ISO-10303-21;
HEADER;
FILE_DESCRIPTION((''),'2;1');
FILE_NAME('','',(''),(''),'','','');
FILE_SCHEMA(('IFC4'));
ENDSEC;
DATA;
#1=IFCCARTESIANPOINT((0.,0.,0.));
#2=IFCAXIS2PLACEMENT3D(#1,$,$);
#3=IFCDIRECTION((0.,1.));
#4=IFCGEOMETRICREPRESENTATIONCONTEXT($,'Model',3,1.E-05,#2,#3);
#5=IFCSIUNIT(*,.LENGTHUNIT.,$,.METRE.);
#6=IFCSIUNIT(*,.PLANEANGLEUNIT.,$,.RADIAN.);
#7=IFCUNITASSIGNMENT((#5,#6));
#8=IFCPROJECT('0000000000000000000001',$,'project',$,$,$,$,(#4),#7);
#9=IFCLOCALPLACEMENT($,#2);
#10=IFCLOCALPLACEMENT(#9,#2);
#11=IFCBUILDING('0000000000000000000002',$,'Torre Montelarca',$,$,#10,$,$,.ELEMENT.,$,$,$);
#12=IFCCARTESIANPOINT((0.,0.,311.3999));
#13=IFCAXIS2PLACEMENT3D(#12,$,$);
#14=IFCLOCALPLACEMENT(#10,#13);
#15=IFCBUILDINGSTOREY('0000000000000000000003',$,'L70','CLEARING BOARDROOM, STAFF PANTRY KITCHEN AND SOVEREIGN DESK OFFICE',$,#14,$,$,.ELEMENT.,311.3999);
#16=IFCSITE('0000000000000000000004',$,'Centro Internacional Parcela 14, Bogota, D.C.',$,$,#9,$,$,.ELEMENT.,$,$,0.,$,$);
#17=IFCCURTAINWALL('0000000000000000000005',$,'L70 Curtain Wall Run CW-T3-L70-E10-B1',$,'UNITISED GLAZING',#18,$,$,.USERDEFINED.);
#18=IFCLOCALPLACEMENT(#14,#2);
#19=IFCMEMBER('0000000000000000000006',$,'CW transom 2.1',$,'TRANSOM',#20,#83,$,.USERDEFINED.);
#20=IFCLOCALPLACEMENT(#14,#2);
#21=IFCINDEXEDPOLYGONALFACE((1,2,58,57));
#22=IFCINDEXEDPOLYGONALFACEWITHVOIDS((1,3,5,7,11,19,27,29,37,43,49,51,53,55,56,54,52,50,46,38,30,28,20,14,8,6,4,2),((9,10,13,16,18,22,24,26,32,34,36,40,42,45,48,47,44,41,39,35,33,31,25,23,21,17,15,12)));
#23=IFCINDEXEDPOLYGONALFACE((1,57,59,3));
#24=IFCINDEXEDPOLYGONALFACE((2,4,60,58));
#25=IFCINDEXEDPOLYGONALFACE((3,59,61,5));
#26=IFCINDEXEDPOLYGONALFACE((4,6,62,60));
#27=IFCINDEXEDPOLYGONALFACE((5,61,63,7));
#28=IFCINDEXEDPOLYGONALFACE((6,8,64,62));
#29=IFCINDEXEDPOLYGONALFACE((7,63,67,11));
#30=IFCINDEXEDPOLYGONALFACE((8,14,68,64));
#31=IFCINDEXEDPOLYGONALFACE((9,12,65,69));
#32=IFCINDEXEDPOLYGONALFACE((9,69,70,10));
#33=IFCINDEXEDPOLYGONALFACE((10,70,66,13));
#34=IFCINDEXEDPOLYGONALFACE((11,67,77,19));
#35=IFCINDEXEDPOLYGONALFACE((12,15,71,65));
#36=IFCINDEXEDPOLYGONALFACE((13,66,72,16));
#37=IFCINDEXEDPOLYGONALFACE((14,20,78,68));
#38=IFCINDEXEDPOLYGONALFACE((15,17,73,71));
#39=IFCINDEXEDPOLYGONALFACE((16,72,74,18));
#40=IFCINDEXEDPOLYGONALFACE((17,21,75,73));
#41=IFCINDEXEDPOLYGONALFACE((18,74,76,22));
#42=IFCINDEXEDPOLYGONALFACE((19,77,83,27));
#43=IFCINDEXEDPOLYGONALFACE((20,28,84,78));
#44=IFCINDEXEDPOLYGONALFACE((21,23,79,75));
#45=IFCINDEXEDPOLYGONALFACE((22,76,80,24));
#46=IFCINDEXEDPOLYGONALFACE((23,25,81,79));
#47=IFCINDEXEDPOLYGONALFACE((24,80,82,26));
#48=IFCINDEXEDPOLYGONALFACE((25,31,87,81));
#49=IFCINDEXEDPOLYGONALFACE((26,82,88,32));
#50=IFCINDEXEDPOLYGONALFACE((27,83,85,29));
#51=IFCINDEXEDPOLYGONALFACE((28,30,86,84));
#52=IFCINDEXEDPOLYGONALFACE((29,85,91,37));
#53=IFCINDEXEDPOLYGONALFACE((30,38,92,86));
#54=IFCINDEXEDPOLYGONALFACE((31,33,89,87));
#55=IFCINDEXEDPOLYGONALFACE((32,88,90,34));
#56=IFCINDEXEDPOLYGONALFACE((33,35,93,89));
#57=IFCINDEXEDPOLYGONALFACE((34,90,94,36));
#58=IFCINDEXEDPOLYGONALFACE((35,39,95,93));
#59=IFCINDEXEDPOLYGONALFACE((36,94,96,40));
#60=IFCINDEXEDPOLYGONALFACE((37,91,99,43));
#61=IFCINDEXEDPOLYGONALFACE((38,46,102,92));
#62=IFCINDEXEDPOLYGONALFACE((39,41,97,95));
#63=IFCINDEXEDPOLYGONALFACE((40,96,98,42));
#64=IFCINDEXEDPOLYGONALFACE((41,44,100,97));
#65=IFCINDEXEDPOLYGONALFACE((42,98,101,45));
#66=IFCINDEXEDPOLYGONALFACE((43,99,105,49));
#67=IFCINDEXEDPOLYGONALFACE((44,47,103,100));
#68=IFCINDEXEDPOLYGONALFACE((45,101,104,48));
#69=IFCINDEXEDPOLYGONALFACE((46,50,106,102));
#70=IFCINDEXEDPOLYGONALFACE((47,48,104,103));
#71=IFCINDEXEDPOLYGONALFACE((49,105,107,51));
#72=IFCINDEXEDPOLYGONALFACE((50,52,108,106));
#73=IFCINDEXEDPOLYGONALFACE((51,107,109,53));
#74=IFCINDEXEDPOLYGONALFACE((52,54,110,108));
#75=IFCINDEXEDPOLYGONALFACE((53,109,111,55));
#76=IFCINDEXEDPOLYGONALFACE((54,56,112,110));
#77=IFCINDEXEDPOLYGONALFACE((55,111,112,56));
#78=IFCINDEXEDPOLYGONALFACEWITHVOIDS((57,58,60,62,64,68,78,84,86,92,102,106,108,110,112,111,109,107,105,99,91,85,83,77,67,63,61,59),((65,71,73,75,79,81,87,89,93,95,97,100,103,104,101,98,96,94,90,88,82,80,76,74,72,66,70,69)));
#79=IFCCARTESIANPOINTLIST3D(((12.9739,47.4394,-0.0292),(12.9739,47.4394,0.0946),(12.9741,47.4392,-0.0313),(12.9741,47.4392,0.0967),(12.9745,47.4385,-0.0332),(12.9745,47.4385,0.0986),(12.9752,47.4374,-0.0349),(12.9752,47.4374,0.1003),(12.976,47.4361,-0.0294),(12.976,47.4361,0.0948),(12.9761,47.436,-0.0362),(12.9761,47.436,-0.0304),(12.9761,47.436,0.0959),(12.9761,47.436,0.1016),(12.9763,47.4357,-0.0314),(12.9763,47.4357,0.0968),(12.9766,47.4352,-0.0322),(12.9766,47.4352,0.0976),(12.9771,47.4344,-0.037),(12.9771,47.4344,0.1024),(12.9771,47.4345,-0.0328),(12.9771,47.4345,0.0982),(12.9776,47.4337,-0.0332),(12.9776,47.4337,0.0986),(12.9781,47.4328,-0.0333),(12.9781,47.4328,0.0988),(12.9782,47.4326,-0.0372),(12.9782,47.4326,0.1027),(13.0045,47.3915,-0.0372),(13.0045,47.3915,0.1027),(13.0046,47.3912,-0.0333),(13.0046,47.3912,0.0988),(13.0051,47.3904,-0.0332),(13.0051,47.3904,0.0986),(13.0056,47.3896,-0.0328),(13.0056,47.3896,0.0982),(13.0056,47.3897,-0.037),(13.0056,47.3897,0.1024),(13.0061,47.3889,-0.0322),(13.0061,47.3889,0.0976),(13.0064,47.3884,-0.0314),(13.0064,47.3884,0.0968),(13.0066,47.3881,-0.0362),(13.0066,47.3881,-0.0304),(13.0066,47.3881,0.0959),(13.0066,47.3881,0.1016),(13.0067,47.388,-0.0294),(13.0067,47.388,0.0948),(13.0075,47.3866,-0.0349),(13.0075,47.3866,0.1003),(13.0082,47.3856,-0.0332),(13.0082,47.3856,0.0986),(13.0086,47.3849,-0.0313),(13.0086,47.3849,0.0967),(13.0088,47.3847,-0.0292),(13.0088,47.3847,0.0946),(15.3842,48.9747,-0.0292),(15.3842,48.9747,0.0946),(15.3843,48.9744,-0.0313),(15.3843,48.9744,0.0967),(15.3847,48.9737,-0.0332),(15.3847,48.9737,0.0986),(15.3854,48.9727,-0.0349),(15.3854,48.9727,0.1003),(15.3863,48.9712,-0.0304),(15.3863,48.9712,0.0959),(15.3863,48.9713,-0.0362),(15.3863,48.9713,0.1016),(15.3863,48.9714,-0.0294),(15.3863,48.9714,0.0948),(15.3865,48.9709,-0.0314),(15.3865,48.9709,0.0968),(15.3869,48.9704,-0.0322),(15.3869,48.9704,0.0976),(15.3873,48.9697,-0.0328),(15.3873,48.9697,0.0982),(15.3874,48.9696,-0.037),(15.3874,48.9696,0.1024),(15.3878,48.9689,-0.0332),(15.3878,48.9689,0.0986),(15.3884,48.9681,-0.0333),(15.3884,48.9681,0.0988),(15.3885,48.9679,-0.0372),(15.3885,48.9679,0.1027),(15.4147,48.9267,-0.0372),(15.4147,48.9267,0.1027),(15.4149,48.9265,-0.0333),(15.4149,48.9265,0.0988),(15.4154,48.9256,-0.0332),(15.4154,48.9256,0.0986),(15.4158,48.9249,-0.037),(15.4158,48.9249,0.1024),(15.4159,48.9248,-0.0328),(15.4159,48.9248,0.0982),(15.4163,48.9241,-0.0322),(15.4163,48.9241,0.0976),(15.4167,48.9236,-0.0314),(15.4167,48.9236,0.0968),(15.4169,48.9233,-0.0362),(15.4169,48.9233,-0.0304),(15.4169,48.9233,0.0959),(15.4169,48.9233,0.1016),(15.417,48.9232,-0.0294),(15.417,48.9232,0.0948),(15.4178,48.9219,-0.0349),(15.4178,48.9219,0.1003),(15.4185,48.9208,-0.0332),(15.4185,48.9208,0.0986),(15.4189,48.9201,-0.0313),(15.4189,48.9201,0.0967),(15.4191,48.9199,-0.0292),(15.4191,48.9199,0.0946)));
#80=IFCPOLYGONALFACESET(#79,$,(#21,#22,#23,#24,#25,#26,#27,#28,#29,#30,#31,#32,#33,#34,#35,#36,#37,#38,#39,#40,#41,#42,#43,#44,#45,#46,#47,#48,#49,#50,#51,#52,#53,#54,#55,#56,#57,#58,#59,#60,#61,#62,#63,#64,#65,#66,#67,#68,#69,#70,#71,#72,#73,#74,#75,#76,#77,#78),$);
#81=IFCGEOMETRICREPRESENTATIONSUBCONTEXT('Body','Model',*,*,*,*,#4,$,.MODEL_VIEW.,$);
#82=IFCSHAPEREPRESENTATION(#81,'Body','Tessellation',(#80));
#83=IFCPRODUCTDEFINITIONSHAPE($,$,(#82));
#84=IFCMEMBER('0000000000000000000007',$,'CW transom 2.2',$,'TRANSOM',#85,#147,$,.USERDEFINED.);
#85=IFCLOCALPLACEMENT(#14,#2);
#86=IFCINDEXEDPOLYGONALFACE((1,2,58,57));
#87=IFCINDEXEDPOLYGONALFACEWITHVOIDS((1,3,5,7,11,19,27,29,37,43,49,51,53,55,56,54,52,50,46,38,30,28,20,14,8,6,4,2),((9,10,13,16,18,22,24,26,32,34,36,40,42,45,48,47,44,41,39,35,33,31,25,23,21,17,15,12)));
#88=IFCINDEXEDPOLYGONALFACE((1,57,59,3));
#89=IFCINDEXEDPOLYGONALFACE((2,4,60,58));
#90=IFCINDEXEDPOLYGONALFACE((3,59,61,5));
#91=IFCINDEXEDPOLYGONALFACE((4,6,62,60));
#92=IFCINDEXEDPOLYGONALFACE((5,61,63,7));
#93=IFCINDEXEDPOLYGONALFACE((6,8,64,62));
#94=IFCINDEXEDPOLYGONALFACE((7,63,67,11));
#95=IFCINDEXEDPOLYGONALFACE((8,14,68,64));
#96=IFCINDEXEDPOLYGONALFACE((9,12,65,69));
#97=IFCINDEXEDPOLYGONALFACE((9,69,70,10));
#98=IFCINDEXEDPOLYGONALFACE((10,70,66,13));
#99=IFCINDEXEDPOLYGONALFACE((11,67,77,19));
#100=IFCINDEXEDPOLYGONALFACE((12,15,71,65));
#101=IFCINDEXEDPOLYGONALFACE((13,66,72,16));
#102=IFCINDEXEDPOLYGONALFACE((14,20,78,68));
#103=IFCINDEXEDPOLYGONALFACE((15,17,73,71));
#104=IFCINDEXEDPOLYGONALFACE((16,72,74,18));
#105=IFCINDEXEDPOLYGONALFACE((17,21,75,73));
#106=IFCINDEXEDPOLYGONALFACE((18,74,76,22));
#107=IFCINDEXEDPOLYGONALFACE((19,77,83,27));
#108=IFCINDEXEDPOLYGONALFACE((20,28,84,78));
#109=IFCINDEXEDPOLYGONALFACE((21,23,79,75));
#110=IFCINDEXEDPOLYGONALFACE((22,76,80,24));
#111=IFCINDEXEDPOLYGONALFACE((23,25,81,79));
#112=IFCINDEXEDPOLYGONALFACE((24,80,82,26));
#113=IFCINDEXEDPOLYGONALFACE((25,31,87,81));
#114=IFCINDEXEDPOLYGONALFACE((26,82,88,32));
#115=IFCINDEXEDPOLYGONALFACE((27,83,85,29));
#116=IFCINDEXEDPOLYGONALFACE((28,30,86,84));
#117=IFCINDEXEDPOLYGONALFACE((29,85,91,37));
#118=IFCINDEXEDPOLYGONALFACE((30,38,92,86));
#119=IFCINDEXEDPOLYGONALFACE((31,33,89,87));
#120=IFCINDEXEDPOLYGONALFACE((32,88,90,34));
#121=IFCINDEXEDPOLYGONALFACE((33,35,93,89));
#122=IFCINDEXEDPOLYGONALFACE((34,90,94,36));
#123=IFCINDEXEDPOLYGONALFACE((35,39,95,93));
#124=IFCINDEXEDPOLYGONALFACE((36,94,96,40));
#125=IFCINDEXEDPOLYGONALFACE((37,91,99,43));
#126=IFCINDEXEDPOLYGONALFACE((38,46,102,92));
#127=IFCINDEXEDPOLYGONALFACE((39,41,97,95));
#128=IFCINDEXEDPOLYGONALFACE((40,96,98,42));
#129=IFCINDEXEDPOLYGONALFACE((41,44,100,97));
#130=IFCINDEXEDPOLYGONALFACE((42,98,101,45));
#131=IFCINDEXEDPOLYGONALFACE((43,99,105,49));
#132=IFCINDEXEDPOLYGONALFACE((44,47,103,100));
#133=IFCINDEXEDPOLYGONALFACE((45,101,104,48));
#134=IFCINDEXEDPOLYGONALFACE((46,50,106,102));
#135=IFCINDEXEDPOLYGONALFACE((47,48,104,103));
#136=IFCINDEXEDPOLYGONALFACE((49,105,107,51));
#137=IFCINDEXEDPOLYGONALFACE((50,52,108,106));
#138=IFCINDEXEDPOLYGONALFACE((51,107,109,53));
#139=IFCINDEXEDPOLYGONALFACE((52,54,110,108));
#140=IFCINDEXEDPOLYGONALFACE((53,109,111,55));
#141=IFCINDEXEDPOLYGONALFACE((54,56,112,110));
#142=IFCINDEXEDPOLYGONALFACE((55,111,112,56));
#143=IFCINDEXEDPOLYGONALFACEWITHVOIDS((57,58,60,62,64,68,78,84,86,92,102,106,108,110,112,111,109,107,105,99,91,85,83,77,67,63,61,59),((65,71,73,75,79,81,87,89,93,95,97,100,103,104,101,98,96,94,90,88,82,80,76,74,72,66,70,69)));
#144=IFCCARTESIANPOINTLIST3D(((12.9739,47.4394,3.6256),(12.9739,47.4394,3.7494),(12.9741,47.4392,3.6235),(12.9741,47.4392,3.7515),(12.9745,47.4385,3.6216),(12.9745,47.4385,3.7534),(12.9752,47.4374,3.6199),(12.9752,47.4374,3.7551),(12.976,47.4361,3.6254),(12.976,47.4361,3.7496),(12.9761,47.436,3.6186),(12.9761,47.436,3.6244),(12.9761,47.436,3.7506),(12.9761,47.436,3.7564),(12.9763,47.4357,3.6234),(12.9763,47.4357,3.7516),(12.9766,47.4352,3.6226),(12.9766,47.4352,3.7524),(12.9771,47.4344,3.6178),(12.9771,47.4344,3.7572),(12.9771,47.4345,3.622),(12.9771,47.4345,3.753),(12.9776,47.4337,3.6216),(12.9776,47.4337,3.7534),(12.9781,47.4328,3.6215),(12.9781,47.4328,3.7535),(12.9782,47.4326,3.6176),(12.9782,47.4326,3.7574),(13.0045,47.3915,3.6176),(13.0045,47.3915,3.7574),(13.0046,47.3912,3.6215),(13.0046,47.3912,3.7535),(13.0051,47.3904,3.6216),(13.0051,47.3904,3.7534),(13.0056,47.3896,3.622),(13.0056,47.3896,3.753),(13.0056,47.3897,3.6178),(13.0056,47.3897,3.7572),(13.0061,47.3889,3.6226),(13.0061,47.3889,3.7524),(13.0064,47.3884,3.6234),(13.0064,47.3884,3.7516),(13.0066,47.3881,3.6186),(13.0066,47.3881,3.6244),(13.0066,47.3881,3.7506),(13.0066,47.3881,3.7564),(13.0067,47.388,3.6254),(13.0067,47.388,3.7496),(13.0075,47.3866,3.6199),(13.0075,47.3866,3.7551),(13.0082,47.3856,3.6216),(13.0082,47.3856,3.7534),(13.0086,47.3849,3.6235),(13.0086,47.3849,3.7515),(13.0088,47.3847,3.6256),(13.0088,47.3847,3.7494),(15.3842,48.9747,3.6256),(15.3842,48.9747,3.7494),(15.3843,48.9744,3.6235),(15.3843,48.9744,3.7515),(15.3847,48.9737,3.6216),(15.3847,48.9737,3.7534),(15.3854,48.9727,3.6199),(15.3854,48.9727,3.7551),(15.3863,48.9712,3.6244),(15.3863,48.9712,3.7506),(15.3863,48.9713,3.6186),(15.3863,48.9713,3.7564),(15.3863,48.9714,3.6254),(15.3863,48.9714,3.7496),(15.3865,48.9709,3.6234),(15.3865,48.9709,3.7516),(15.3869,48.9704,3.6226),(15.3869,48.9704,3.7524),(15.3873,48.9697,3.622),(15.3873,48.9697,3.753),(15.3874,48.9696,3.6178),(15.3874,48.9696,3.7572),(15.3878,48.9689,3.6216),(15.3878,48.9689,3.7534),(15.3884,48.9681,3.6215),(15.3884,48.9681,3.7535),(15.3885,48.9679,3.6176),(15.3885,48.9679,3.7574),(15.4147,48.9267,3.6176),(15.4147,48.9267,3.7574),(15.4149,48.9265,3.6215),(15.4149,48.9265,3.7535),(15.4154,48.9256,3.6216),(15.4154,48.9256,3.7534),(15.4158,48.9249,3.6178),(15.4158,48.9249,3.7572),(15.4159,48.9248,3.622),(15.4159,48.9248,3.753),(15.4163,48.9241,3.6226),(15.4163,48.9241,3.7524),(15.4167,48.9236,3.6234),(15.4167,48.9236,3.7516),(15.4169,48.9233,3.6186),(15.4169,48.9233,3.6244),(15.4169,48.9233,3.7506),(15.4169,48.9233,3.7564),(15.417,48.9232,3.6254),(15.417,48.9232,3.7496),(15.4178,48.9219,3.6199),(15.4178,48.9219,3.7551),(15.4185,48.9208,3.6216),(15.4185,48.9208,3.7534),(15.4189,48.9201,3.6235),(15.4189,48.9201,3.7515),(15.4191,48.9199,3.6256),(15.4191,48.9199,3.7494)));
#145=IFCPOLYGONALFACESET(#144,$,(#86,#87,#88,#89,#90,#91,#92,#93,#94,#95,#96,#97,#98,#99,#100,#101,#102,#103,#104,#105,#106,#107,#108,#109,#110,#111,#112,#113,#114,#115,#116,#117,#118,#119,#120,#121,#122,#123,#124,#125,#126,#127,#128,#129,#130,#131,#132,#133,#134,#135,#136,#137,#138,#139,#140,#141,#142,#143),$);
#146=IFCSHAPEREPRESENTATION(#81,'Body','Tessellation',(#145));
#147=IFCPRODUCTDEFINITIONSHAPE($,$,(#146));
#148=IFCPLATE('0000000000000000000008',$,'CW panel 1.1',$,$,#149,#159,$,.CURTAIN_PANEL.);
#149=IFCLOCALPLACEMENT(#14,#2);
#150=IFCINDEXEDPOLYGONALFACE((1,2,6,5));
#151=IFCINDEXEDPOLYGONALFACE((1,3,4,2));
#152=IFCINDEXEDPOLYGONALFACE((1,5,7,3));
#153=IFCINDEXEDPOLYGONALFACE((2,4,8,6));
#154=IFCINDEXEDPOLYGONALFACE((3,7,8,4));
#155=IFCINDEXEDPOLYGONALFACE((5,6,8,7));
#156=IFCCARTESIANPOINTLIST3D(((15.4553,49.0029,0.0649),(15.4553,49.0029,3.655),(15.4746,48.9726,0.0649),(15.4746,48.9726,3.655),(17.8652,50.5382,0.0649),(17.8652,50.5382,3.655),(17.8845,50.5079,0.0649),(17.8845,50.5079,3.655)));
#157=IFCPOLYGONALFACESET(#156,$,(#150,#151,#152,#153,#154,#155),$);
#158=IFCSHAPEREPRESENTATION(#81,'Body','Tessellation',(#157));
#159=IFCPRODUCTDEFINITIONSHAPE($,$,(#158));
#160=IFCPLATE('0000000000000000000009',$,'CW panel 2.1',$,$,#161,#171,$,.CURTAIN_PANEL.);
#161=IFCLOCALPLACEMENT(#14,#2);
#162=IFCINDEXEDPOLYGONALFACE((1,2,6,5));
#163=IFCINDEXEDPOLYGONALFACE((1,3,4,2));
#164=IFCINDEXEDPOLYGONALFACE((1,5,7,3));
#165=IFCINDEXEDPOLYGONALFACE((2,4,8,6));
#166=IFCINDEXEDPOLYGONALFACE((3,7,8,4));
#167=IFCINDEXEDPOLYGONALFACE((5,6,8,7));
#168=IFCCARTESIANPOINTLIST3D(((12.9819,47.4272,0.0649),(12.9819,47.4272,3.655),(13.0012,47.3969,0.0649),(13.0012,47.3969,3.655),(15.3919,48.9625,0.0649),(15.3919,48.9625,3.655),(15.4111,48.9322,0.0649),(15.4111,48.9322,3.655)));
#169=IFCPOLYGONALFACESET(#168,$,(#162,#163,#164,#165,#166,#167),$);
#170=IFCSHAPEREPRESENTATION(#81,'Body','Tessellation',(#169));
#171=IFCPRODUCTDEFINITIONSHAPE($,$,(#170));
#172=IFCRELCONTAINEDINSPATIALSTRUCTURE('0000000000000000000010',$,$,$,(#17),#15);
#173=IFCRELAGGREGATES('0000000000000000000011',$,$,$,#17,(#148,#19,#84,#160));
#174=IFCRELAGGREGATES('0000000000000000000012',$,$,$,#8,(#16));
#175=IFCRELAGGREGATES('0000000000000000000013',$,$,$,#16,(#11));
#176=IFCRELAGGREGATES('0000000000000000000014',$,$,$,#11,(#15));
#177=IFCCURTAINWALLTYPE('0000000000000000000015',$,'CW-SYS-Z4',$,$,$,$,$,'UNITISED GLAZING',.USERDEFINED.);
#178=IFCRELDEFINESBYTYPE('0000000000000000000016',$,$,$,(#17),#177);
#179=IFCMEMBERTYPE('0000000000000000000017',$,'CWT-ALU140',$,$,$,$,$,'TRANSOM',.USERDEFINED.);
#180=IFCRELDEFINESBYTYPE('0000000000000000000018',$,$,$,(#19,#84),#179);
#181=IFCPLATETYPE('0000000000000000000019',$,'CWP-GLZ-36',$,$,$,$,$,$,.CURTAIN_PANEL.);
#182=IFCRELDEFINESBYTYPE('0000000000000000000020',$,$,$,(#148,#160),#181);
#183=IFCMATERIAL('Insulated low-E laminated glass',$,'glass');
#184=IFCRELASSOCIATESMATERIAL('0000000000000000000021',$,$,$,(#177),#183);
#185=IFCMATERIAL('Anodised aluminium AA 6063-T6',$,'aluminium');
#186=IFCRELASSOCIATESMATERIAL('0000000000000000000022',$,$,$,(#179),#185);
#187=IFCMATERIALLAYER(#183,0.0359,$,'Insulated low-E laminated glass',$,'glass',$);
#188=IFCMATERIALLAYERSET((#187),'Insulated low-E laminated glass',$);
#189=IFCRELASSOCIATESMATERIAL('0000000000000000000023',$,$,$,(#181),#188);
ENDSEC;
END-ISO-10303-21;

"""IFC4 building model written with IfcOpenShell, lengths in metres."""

from ifc_helpers import new_model, si_unit, direction, frame, origin, origin_2d, place, context, subcontext, project, spatial, rectangle, hollow_rectangle, extrude, source, transform, mapped, material, layer, layer_set, material_profile, profile_set, type_object, element, aggregate, save


model = new_model("IFC4")

# Units and contexts
model_context = context("Model", 3, precision=1e-05, world=origin(), true_north=direction((0.0, 1.0)))
body_context = subcontext(model_context, "Body", "Model", "MODEL_VIEW")
ifc_project = project(units=[si_unit("LENGTHUNIT", "METRE"), si_unit("PLANEANGLEUNIT", "RADIAN")], contexts=[model_context])

# Site, building, storey
site_placement = place(None, origin())
site = spatial("IfcSite", under=ifc_project, at=site_placement, Name="Centro Internacional Parcela 14, Bogota, D.C.", CompositionType="ELEMENT", RefElevation=0.0)
building_placement = place(site_placement, origin())
building = spatial("IfcBuilding", under=site, at=building_placement, Name="Torre Montelarca", CompositionType="ELEMENT")
storey_placement = place(building_placement, frame((0.0, 0.0, 311.3999)))
storey = spatial("IfcBuildingStorey", under=building, at=storey_placement, Name="L70", Description="CLEARING BOARDROOM, STAFF PANTRY KITCHEN AND SOVEREIGN DESK OFFICE", CompositionType="ELEMENT", Elevation=311.3999)

# Curtain wall, members, plates
ifc_material_1 = material(Name="Insulated low-E laminated glass", Category="glass")
curtain_wall_type = type_object("IfcCurtainWallType", Name="CW-SYS-Z4", ElementType="UNITISED GLAZING", PredefinedType="USERDEFINED", material=ifc_material_1)
curtain_wall_placement = place(storey_placement, origin())
curtain_wall = element("IfcCurtainWall", 1, at=curtain_wall_placement, inside=storey, type_object=curtain_wall_type, Name="L70 Curtain Wall Run CW-T3-L70-E10-B1", ObjectType="UNITISED GLAZING", PredefinedType="USERDEFINED")
ifc_material_2 = material(Name="Anodised aluminium AA 6063-T6", Category="aluminium")
ifc_material_profile_1 = material_profile(ifc_material_2, hollow_rectangle(XDim=0.0649, YDim=0.1399, WallThickness=0.0039, InnerFilletRadius=0.0039, OuterFilletRadius=0.0081, at=origin_2d()), Name="ALU65X140X4", Category="aluminium")
ifc_profile_set_1 = profile_set([ifc_material_profile_1], Name="Anodised aluminium AA 6063-T6")
member_type_1 = type_object("IfcMemberType", Name="CWT-ALU140", ElementType="TRANSOM", PredefinedType="USERDEFINED", material=ifc_profile_set_1)
shared_shape_1 = source(origin(), body_context, "Body", "SweptSolid", [
    extrude(hollow_rectangle(XDim=0.0649, YDim=0.1399, WallThickness=0.0039, InnerFilletRadius=0.0039, OuterFilletRadius=0.0081, at=origin_2d()), origin(), (0.0, 0.0, 1.0), 2.8577),
])
member_1_placement = place(storey_placement, frame((15.4016, 48.9473, 0.0327), z_axis=(-0.843436, -0.537229, 0.0), x_axis=(0.537229, -0.843436, 0.0)))
member_1 = element("IfcMember", 2, at=member_1_placement, type_object=member_type_1, Name="CW transom 2.1", ObjectType="TRANSOM", PredefinedType="USERDEFINED", context=body_context, shape_type="MappedRepresentation", body=[
    mapped(shared_shape_1, transform((0.0, 0.0, 0.0), scale=1.0)),
])
member_2_placement = place(storey_placement, frame((15.4016, 48.9473, 3.6875), z_axis=(-0.843436, -0.537229, 0.0), x_axis=(0.537229, -0.843436, 0.0)))
member_2 = element("IfcMember", 3, at=member_2_placement, type_object=member_type_1, Name="CW transom 2.2", ObjectType="TRANSOM", PredefinedType="USERDEFINED", context=body_context, shape_type="MappedRepresentation", body=[
    mapped(shared_shape_1, transform((0.0, 0.0, 0.0), scale=1.0)),
])
ifc_layer_1 = layer(ifc_material_1, 0.0359, Name="Insulated low-E laminated glass", Category="glass")
ifc_layer_set_1 = layer_set([ifc_layer_1], Name="Insulated low-E laminated glass")
plate_type = type_object("IfcPlateType", Name="CWP-GLZ-36", PredefinedType="CURTAIN_PANEL", material=ifc_layer_set_1)
shared_shape_2 = source(origin(), body_context, "Body", "SweptSolid", [
    extrude(rectangle(XDim=2.8574, YDim=0.0359, at=origin_2d()), origin(), (0.0, 0.0, 1.0), 3.5901),
])
plate_1_placement = place(storey_placement, frame((16.6699, 49.7554, 0.0649), z_axis=(0.0, 0.0, 1.0), x_axis=(-0.843391, -0.5373, 0.0)))
plate_1 = element("IfcPlate", 4, at=plate_1_placement, type_object=plate_type, Name="CW panel 1.1", PredefinedType="CURTAIN_PANEL", context=body_context, shape_type="MappedRepresentation", body=[
    mapped(shared_shape_2, transform((0.0, 0.0, 0.0), scale=1.0)),
])
plate_2_placement = place(storey_placement, frame((14.1965, 48.1797, 0.0649), z_axis=(0.0, 0.0, 1.0), x_axis=(-0.843391, -0.5373, 0.0)))
plate_2 = element("IfcPlate", 5, at=plate_2_placement, type_object=plate_type, Name="CW panel 2.1", PredefinedType="CURTAIN_PANEL", context=body_context, shape_type="MappedRepresentation", body=[
    mapped(shared_shape_2, transform((0.0, 0.0, 0.0), scale=1.0)),
])
aggregate(curtain_wall, [plate_1, member_1, member_2, plate_2])

save(model, "model.ifc")
